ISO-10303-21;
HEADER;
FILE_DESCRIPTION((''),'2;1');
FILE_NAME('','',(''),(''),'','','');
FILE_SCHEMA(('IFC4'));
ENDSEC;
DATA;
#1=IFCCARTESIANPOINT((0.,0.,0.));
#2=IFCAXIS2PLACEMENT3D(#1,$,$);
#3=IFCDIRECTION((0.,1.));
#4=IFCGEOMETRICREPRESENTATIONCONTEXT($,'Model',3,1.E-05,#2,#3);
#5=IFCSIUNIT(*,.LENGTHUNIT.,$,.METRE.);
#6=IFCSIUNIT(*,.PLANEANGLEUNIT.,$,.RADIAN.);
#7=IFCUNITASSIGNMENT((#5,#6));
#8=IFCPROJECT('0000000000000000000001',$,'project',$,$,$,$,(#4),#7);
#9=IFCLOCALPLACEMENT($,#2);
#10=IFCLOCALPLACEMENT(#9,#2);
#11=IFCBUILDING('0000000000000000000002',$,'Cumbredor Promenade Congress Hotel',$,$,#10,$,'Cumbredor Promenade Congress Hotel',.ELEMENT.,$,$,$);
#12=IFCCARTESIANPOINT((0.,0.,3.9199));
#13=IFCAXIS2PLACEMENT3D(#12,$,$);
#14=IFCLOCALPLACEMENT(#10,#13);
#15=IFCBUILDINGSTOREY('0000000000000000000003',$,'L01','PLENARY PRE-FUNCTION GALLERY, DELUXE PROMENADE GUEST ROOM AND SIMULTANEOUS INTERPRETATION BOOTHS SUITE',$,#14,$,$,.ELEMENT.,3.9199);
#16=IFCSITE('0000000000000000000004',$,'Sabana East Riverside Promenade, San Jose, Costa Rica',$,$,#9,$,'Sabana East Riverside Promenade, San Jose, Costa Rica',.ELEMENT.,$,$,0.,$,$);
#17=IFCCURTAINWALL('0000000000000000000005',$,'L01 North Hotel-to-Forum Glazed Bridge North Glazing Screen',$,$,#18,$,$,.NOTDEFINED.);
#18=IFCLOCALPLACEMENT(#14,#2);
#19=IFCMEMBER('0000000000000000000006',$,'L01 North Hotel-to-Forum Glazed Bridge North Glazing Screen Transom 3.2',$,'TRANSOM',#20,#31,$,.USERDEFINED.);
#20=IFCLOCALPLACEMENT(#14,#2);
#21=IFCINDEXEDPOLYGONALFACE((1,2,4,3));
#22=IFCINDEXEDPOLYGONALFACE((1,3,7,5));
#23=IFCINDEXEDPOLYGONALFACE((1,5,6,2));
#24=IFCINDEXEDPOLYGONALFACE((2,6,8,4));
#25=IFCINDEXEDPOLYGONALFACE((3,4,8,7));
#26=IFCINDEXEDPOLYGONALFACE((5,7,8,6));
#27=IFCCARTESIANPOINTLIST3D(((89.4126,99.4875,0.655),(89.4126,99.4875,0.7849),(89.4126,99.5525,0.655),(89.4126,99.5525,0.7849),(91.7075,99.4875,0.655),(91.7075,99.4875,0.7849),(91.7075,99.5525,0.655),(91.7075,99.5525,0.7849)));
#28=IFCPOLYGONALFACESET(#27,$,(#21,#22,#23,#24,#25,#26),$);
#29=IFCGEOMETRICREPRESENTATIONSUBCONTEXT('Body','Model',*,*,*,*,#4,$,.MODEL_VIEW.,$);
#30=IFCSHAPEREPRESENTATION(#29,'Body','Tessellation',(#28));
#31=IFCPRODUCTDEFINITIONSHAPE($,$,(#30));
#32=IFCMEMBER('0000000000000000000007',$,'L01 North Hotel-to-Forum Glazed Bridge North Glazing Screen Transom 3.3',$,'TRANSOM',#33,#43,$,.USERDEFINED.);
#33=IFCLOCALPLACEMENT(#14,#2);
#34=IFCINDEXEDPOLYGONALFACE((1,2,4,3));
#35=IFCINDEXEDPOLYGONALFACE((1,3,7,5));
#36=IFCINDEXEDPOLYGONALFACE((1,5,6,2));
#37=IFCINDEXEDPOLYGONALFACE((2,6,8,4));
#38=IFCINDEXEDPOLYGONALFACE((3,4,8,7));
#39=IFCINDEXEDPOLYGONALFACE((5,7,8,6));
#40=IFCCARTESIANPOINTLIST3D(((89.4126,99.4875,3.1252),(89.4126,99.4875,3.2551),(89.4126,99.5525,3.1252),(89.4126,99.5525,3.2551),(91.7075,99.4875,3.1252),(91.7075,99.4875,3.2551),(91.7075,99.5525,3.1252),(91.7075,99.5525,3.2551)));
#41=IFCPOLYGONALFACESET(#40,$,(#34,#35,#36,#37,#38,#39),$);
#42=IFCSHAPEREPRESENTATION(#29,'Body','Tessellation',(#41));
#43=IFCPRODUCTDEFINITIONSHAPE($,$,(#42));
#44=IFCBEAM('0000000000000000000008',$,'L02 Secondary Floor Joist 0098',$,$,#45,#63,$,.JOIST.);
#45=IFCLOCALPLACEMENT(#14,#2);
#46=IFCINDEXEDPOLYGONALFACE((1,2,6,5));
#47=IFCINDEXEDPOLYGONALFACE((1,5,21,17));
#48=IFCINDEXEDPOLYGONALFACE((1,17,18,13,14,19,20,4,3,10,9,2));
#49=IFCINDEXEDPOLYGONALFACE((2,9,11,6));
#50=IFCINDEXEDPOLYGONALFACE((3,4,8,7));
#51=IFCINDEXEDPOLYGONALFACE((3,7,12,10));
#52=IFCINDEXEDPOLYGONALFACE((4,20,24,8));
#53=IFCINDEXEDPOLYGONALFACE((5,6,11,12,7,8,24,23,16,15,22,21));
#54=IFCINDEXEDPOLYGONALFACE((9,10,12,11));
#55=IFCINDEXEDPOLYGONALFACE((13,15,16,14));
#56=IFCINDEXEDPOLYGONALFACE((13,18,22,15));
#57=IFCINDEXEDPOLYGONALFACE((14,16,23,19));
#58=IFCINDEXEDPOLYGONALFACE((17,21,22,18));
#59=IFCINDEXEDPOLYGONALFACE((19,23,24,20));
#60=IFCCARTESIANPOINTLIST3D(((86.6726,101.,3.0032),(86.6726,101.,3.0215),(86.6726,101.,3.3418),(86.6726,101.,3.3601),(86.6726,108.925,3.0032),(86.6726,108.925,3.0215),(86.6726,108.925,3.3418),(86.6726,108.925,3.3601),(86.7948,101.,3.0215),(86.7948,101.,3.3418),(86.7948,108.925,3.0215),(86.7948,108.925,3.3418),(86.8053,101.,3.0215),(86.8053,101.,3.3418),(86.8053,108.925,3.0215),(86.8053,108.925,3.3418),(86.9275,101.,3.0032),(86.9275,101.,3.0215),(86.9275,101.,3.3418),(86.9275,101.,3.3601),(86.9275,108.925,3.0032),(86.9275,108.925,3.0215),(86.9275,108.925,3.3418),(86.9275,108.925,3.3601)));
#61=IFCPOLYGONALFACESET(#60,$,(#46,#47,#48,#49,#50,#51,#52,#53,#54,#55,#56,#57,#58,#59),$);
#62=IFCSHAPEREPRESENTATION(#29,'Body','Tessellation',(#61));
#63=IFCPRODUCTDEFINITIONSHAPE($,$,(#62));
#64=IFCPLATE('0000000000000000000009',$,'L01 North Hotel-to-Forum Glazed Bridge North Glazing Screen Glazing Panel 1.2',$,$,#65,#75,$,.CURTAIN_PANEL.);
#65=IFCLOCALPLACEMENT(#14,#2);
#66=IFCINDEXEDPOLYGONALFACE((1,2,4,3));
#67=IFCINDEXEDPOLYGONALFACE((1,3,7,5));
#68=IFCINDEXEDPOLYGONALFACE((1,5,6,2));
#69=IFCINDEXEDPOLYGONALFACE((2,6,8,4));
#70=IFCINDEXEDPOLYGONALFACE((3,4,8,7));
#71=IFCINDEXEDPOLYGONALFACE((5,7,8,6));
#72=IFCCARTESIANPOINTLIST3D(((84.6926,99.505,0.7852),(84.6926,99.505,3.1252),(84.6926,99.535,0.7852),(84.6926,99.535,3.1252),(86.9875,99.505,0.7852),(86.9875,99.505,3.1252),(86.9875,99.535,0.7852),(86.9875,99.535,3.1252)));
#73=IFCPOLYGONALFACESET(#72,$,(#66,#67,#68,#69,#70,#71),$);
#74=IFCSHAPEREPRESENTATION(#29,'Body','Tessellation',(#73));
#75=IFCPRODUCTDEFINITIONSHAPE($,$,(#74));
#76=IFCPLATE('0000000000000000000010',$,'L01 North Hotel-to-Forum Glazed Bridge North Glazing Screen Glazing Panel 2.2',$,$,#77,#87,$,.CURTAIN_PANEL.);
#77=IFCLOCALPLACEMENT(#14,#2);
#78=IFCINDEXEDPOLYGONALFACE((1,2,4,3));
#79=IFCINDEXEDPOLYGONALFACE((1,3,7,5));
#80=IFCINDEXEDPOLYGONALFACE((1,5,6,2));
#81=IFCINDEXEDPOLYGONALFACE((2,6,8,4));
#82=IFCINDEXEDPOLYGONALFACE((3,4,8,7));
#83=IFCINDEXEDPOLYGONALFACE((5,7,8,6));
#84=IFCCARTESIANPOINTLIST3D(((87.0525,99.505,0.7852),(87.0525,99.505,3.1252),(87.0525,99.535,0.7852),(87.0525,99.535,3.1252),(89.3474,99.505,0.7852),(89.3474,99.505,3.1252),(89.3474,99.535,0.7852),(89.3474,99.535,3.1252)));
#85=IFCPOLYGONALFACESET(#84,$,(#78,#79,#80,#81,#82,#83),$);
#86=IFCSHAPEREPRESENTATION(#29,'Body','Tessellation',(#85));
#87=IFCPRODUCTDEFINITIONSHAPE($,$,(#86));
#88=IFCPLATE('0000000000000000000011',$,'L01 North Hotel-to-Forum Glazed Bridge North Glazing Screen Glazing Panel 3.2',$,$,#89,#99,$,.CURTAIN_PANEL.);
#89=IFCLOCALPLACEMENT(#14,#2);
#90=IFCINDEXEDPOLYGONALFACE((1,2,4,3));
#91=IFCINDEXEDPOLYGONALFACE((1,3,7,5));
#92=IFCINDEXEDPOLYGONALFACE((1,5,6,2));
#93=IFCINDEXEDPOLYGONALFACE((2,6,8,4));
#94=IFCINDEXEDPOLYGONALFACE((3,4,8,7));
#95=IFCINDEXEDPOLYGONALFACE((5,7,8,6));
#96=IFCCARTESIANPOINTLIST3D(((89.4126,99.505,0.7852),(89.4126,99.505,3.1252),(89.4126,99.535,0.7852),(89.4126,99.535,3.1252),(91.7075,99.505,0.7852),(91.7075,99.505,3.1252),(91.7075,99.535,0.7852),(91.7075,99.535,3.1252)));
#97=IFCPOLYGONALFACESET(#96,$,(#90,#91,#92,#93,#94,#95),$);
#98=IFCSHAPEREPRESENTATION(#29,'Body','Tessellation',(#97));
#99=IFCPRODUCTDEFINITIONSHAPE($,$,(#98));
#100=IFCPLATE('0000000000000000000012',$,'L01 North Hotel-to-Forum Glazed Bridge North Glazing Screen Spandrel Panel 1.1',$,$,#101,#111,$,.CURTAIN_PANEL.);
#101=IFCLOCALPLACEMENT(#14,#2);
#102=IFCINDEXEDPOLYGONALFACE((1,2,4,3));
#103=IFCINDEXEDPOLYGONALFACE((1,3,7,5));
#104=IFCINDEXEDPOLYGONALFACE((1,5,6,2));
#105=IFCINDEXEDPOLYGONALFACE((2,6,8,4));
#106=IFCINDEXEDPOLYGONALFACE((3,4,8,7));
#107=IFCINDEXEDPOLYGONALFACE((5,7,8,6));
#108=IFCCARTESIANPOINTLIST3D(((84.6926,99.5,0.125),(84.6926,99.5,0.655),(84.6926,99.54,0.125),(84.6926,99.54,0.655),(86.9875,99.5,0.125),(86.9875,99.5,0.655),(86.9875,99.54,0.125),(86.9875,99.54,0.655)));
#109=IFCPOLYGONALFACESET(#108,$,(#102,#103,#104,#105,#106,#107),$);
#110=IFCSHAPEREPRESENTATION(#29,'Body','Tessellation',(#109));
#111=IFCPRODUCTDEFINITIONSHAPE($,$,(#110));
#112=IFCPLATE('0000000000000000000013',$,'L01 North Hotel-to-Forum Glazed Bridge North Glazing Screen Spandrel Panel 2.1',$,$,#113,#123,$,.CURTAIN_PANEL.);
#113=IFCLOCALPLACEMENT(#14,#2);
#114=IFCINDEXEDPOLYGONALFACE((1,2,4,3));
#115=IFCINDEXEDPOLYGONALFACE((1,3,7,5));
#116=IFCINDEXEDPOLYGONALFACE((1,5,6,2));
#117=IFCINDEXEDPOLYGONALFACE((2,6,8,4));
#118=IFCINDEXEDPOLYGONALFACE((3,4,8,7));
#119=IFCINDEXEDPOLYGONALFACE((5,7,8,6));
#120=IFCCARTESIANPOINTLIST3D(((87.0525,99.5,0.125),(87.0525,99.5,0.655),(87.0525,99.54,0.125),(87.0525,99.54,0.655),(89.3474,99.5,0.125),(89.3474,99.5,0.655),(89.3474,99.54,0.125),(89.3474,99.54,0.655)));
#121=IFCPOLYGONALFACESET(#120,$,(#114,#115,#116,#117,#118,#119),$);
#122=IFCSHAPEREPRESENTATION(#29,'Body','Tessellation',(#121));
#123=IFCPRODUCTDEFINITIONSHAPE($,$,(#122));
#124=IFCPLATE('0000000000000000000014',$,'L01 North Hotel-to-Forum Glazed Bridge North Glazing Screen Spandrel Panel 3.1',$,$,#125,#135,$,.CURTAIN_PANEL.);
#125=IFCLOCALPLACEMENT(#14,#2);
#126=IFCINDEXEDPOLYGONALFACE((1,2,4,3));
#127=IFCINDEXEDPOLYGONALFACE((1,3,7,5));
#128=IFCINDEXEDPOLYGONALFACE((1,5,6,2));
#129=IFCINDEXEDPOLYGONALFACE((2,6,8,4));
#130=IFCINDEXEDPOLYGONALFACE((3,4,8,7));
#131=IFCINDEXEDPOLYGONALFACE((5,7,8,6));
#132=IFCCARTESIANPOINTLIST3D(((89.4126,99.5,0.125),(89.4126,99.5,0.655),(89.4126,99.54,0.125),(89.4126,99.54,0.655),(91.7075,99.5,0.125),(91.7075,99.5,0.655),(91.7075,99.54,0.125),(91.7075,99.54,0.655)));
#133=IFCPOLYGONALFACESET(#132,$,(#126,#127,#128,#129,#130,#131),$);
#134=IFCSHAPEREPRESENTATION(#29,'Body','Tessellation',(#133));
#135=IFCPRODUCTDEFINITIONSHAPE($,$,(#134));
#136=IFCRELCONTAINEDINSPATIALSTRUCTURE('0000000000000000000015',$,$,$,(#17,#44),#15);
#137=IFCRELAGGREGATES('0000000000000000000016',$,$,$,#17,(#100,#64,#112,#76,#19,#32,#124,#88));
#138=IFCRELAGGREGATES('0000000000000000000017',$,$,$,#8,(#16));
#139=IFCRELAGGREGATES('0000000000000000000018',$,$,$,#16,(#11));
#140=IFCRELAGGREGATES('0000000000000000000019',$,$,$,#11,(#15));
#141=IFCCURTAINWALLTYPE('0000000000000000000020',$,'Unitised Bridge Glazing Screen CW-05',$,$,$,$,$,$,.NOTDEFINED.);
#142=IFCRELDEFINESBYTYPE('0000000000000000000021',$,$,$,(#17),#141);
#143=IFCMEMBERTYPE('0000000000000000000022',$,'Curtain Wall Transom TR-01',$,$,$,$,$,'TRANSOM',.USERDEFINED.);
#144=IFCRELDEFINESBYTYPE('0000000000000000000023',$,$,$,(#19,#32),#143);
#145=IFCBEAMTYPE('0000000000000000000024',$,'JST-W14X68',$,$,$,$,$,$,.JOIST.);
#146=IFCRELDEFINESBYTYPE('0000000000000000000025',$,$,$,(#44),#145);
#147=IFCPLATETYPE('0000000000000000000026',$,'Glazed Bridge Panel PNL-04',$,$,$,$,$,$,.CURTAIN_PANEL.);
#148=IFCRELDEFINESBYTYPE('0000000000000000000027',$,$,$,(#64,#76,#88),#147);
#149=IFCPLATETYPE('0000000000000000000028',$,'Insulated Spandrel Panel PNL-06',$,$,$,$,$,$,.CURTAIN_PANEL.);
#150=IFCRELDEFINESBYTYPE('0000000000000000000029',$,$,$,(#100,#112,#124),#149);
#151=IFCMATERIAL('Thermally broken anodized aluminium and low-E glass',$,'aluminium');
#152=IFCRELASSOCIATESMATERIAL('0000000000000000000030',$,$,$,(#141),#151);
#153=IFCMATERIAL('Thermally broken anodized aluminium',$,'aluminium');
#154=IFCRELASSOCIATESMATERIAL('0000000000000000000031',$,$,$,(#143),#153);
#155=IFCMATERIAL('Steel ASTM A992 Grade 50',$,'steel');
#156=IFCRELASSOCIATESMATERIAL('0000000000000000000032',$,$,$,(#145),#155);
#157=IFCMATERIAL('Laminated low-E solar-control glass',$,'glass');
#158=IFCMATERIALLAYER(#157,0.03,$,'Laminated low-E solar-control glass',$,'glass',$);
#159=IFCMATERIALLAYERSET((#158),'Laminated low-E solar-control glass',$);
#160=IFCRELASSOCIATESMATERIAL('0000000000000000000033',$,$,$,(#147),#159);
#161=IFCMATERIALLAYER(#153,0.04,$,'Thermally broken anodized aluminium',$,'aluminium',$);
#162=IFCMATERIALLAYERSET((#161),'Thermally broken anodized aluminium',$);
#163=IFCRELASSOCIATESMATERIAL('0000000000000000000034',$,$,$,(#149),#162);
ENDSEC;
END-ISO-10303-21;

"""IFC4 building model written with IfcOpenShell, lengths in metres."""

from ifc_helpers import new_model, si_unit, direction, frame, origin, origin_2d, place, context, subcontext, project, spatial, rectangle, i_section, extrude, material, layer, layer_set, material_profile, profile_set, type_object, element, aggregate, save


model = new_model("IFC4")

# Units and contexts
model_context = context("Model", 3, precision=1e-05, world=origin(), true_north=direction((0.0, 1.0)))
body_context = subcontext(model_context, "Body", "Model", "MODEL_VIEW")
ifc_project = project(units=[si_unit("LENGTHUNIT", "METRE"), si_unit("PLANEANGLEUNIT", "RADIAN")], contexts=[model_context])

# Site, building, storey
site_placement = place(None, origin())
site = spatial("IfcSite", under=ifc_project, at=site_placement, Name="Sabana East Riverside Promenade, San Jose, Costa Rica", LongName="Sabana East Riverside Promenade, San Jose, Costa Rica", CompositionType="ELEMENT", RefElevation=0.0)
building_placement = place(site_placement, origin())
building = spatial("IfcBuilding", under=site, at=building_placement, Name="Cumbredor Promenade Congress Hotel", LongName="Cumbredor Promenade Congress Hotel", CompositionType="ELEMENT")
storey_placement = place(building_placement, frame((0.0, 0.0, 3.9199)))
storey = spatial("IfcBuildingStorey", under=building, at=storey_placement, Name="L01", Description="PLENARY PRE-FUNCTION GALLERY, DELUXE PROMENADE GUEST ROOM AND SIMULTANEOUS INTERPRETATION BOOTHS SUITE", CompositionType="ELEMENT", Elevation=3.9199)

# Shared definitions
ifc_material_1 = material(Name="Steel ASTM A992 Grade 50", Category="steel")

# Curtain wall, members
ifc_material_2 = material(Name="Thermally broken anodized aluminium and low-E glass", Category="aluminium")
curtain_wall_type = type_object("IfcCurtainWallType", Name="Unitised Bridge Glazing Screen CW-05", PredefinedType="NOTDEFINED", material=ifc_material_2)
curtain_wall_placement = place(storey_placement, origin())
curtain_wall = element("IfcCurtainWall", 1, at=curtain_wall_placement, inside=storey, type_object=curtain_wall_type, Name="L01 North Hotel-to-Forum Glazed Bridge North Glazing Screen", PredefinedType="NOTDEFINED")
ifc_material_3 = material(Name="Thermally broken anodized aluminium", Category="aluminium")
ifc_material_profile_1 = material_profile(ifc_material_3, rectangle(XDim=0.0649, YDim=0.1299, at=origin_2d()), Name="ALU TRANSOM 65x130")
ifc_profile_set_1 = profile_set([ifc_material_profile_1], Name="Thermally broken anodized aluminium")
member_type_1 = type_object("IfcMemberType", Name="Curtain Wall Transom TR-01", ElementType="TRANSOM", PredefinedType="USERDEFINED", material=ifc_profile_set_1)
member_1_placement = place(storey_placement, frame((89.4126, 99.52, 0.72), z_axis=(1.0, 0.0, 0.0), x_axis=(0.0, 1.0, 0.0)))
member_1 = element("IfcMember", 2, at=member_1_placement, type_object=member_type_1, Name="L01 North Hotel-to-Forum Glazed Bridge North Glazing Screen Transom 3.2", ObjectType="TRANSOM", PredefinedType="USERDEFINED", context=body_context, shape_type="SweptSolid", body=[
    extrude(rectangle(XDim=0.0649, YDim=0.1299, at=origin_2d()), origin(), (0.0, 0.0, 1.0), 2.2949),
])
member_2_placement = place(storey_placement, frame((89.4126, 99.52, 3.1902), z_axis=(1.0, 0.0, 0.0), x_axis=(0.0, 1.0, 0.0)))
member_2 = element("IfcMember", 3, at=member_2_placement, type_object=member_type_1, Name="L01 North Hotel-to-Forum Glazed Bridge North Glazing Screen Transom 3.3", ObjectType="TRANSOM", PredefinedType="USERDEFINED", context=body_context, shape_type="SweptSolid", body=[
    extrude(rectangle(XDim=0.0649, YDim=0.1299, at=origin_2d()), origin(), (0.0, 0.0, 1.0), 2.2949),
])

# Beam
ifc_material_profile_2 = material_profile(ifc_material_1, i_section(OverallWidth=0.2549, OverallDepth=0.3569, WebThickness=0.0105, FlangeThickness=0.0183, at=origin_2d()), Name="W14X68")
ifc_profile_set_2 = profile_set([ifc_material_profile_2], Name="Steel ASTM A992 Grade 50")
beam_type_1 = type_object("IfcBeamType", Name="JST-W14X68", PredefinedType="JOIST", material=ifc_profile_set_2)
beam_1_placement = place(storey_placement, frame((86.8, 101.0, 3.1816), z_axis=(0.0, 1.0, 0.0), x_axis=(-1.0, 0.0, 0.0)))
element("IfcBeam", 4, at=beam_1_placement, inside=storey, type_object=beam_type_1, Name="L02 Secondary Floor Joist 0098", PredefinedType="JOIST", context=body_context, shape_type="SweptSolid", body=[
    extrude(i_section(OverallWidth=0.2549, OverallDepth=0.3569, WebThickness=0.0105, FlangeThickness=0.0183, at=origin_2d()), origin(), (0.0, 0.0, 1.0), 7.925),
])

# Plates
ifc_material_4 = material(Name="Laminated low-E solar-control glass", Category="glass")
ifc_layer_1 = layer(ifc_material_4, 0.03, Name="Laminated low-E solar-control glass", Category="glass")
ifc_layer_set_1 = layer_set([ifc_layer_1], Name="Laminated low-E solar-control glass")
plate_type_1 = type_object("IfcPlateType", Name="Glazed Bridge Panel PNL-04", PredefinedType="CURTAIN_PANEL", material=ifc_layer_set_1)
plate_1_placement = place(storey_placement, frame((85.8401, 99.52, 0.7852), z_axis=(0.0, 0.0, 1.0), x_axis=(1.0, 0.0, 0.0)))
plate_1 = element("IfcPlate", 5, at=plate_1_placement, type_object=plate_type_1, Name="L01 North Hotel-to-Forum Glazed Bridge North Glazing Screen Glazing Panel 1.2", PredefinedType="CURTAIN_PANEL", context=body_context, shape_type="SweptSolid", body=[
    extrude(rectangle(XDim=2.2949, YDim=0.03, at=origin_2d()), origin(), (0.0, 0.0, 1.0), 2.3401),
])
plate_2_placement = place(storey_placement, frame((88.2, 99.52, 0.7852), z_axis=(0.0, 0.0, 1.0), x_axis=(1.0, 0.0, 0.0)))
plate_2 = element("IfcPlate", 6, at=plate_2_placement, type_object=plate_type_1, Name="L01 North Hotel-to-Forum Glazed Bridge North Glazing Screen Glazing Panel 2.2", PredefinedType="CURTAIN_PANEL", context=body_context, shape_type="SweptSolid", body=[
    extrude(rectangle(XDim=2.2949, YDim=0.03, at=origin_2d()), origin(), (0.0, 0.0, 1.0), 2.3401),
])
plate_3_placement = place(storey_placement, frame((90.5601, 99.52, 0.7852), z_axis=(0.0, 0.0, 1.0), x_axis=(1.0, 0.0, 0.0)))
plate_3 = element("IfcPlate", 7, at=plate_3_placement, type_object=plate_type_1, Name="L01 North Hotel-to-Forum Glazed Bridge North Glazing Screen Glazing Panel 3.2", PredefinedType="CURTAIN_PANEL", context=body_context, shape_type="SweptSolid", body=[
    extrude(rectangle(XDim=2.2949, YDim=0.03, at=origin_2d()), origin(), (0.0, 0.0, 1.0), 2.3401),
])
ifc_layer_2 = layer(ifc_material_3, 0.04, Name="Thermally broken anodized aluminium", Category="aluminium")
ifc_layer_set_2 = layer_set([ifc_layer_2], Name="Thermally broken anodized aluminium")
plate_type_2 = type_object("IfcPlateType", Name="Insulated Spandrel Panel PNL-06", PredefinedType="CURTAIN_PANEL", material=ifc_layer_set_2)
plate_4_placement = place(storey_placement, frame((85.8401, 99.52, 0.125), z_axis=(0.0, 0.0, 1.0), x_axis=(1.0, 0.0, 0.0)))
plate_4 = element("IfcPlate", 8, at=plate_4_placement, type_object=plate_type_2, Name="L01 North Hotel-to-Forum Glazed Bridge North Glazing Screen Spandrel Panel 1.1", PredefinedType="CURTAIN_PANEL", context=body_context, shape_type="SweptSolid", body=[
    extrude(rectangle(XDim=2.2949, YDim=0.04, at=origin_2d()), origin(), (0.0, 0.0, 1.0), 0.53),
])
plate_5_placement = place(storey_placement, frame((88.2, 99.52, 0.125), z_axis=(0.0, 0.0, 1.0), x_axis=(1.0, 0.0, 0.0)))
plate_5 = element("IfcPlate", 9, at=plate_5_placement, type_object=plate_type_2, Name="L01 North Hotel-to-Forum Glazed Bridge North Glazing Screen Spandrel Panel 2.1", PredefinedType="CURTAIN_PANEL", context=body_context, shape_type="SweptSolid", body=[
    extrude(rectangle(XDim=2.2949, YDim=0.04, at=origin_2d()), origin(), (0.0, 0.0, 1.0), 0.53),
])
plate_6_placement = place(storey_placement, frame((90.5601, 99.52, 0.125), z_axis=(0.0, 0.0, 1.0), x_axis=(1.0, 0.0, 0.0)))
plate_6 = element("IfcPlate", 10, at=plate_6_placement, type_object=plate_type_2, Name="L01 North Hotel-to-Forum Glazed Bridge North Glazing Screen Spandrel Panel 3.1", PredefinedType="CURTAIN_PANEL", context=body_context, shape_type="SweptSolid", body=[
    extrude(rectangle(XDim=2.2949, YDim=0.04, at=origin_2d()), origin(), (0.0, 0.0, 1.0), 0.53),
])
aggregate(curtain_wall, [plate_4, plate_1, plate_5, plate_2, member_1, member_2, plate_6, plate_3])

save(model, "model.ifc")
